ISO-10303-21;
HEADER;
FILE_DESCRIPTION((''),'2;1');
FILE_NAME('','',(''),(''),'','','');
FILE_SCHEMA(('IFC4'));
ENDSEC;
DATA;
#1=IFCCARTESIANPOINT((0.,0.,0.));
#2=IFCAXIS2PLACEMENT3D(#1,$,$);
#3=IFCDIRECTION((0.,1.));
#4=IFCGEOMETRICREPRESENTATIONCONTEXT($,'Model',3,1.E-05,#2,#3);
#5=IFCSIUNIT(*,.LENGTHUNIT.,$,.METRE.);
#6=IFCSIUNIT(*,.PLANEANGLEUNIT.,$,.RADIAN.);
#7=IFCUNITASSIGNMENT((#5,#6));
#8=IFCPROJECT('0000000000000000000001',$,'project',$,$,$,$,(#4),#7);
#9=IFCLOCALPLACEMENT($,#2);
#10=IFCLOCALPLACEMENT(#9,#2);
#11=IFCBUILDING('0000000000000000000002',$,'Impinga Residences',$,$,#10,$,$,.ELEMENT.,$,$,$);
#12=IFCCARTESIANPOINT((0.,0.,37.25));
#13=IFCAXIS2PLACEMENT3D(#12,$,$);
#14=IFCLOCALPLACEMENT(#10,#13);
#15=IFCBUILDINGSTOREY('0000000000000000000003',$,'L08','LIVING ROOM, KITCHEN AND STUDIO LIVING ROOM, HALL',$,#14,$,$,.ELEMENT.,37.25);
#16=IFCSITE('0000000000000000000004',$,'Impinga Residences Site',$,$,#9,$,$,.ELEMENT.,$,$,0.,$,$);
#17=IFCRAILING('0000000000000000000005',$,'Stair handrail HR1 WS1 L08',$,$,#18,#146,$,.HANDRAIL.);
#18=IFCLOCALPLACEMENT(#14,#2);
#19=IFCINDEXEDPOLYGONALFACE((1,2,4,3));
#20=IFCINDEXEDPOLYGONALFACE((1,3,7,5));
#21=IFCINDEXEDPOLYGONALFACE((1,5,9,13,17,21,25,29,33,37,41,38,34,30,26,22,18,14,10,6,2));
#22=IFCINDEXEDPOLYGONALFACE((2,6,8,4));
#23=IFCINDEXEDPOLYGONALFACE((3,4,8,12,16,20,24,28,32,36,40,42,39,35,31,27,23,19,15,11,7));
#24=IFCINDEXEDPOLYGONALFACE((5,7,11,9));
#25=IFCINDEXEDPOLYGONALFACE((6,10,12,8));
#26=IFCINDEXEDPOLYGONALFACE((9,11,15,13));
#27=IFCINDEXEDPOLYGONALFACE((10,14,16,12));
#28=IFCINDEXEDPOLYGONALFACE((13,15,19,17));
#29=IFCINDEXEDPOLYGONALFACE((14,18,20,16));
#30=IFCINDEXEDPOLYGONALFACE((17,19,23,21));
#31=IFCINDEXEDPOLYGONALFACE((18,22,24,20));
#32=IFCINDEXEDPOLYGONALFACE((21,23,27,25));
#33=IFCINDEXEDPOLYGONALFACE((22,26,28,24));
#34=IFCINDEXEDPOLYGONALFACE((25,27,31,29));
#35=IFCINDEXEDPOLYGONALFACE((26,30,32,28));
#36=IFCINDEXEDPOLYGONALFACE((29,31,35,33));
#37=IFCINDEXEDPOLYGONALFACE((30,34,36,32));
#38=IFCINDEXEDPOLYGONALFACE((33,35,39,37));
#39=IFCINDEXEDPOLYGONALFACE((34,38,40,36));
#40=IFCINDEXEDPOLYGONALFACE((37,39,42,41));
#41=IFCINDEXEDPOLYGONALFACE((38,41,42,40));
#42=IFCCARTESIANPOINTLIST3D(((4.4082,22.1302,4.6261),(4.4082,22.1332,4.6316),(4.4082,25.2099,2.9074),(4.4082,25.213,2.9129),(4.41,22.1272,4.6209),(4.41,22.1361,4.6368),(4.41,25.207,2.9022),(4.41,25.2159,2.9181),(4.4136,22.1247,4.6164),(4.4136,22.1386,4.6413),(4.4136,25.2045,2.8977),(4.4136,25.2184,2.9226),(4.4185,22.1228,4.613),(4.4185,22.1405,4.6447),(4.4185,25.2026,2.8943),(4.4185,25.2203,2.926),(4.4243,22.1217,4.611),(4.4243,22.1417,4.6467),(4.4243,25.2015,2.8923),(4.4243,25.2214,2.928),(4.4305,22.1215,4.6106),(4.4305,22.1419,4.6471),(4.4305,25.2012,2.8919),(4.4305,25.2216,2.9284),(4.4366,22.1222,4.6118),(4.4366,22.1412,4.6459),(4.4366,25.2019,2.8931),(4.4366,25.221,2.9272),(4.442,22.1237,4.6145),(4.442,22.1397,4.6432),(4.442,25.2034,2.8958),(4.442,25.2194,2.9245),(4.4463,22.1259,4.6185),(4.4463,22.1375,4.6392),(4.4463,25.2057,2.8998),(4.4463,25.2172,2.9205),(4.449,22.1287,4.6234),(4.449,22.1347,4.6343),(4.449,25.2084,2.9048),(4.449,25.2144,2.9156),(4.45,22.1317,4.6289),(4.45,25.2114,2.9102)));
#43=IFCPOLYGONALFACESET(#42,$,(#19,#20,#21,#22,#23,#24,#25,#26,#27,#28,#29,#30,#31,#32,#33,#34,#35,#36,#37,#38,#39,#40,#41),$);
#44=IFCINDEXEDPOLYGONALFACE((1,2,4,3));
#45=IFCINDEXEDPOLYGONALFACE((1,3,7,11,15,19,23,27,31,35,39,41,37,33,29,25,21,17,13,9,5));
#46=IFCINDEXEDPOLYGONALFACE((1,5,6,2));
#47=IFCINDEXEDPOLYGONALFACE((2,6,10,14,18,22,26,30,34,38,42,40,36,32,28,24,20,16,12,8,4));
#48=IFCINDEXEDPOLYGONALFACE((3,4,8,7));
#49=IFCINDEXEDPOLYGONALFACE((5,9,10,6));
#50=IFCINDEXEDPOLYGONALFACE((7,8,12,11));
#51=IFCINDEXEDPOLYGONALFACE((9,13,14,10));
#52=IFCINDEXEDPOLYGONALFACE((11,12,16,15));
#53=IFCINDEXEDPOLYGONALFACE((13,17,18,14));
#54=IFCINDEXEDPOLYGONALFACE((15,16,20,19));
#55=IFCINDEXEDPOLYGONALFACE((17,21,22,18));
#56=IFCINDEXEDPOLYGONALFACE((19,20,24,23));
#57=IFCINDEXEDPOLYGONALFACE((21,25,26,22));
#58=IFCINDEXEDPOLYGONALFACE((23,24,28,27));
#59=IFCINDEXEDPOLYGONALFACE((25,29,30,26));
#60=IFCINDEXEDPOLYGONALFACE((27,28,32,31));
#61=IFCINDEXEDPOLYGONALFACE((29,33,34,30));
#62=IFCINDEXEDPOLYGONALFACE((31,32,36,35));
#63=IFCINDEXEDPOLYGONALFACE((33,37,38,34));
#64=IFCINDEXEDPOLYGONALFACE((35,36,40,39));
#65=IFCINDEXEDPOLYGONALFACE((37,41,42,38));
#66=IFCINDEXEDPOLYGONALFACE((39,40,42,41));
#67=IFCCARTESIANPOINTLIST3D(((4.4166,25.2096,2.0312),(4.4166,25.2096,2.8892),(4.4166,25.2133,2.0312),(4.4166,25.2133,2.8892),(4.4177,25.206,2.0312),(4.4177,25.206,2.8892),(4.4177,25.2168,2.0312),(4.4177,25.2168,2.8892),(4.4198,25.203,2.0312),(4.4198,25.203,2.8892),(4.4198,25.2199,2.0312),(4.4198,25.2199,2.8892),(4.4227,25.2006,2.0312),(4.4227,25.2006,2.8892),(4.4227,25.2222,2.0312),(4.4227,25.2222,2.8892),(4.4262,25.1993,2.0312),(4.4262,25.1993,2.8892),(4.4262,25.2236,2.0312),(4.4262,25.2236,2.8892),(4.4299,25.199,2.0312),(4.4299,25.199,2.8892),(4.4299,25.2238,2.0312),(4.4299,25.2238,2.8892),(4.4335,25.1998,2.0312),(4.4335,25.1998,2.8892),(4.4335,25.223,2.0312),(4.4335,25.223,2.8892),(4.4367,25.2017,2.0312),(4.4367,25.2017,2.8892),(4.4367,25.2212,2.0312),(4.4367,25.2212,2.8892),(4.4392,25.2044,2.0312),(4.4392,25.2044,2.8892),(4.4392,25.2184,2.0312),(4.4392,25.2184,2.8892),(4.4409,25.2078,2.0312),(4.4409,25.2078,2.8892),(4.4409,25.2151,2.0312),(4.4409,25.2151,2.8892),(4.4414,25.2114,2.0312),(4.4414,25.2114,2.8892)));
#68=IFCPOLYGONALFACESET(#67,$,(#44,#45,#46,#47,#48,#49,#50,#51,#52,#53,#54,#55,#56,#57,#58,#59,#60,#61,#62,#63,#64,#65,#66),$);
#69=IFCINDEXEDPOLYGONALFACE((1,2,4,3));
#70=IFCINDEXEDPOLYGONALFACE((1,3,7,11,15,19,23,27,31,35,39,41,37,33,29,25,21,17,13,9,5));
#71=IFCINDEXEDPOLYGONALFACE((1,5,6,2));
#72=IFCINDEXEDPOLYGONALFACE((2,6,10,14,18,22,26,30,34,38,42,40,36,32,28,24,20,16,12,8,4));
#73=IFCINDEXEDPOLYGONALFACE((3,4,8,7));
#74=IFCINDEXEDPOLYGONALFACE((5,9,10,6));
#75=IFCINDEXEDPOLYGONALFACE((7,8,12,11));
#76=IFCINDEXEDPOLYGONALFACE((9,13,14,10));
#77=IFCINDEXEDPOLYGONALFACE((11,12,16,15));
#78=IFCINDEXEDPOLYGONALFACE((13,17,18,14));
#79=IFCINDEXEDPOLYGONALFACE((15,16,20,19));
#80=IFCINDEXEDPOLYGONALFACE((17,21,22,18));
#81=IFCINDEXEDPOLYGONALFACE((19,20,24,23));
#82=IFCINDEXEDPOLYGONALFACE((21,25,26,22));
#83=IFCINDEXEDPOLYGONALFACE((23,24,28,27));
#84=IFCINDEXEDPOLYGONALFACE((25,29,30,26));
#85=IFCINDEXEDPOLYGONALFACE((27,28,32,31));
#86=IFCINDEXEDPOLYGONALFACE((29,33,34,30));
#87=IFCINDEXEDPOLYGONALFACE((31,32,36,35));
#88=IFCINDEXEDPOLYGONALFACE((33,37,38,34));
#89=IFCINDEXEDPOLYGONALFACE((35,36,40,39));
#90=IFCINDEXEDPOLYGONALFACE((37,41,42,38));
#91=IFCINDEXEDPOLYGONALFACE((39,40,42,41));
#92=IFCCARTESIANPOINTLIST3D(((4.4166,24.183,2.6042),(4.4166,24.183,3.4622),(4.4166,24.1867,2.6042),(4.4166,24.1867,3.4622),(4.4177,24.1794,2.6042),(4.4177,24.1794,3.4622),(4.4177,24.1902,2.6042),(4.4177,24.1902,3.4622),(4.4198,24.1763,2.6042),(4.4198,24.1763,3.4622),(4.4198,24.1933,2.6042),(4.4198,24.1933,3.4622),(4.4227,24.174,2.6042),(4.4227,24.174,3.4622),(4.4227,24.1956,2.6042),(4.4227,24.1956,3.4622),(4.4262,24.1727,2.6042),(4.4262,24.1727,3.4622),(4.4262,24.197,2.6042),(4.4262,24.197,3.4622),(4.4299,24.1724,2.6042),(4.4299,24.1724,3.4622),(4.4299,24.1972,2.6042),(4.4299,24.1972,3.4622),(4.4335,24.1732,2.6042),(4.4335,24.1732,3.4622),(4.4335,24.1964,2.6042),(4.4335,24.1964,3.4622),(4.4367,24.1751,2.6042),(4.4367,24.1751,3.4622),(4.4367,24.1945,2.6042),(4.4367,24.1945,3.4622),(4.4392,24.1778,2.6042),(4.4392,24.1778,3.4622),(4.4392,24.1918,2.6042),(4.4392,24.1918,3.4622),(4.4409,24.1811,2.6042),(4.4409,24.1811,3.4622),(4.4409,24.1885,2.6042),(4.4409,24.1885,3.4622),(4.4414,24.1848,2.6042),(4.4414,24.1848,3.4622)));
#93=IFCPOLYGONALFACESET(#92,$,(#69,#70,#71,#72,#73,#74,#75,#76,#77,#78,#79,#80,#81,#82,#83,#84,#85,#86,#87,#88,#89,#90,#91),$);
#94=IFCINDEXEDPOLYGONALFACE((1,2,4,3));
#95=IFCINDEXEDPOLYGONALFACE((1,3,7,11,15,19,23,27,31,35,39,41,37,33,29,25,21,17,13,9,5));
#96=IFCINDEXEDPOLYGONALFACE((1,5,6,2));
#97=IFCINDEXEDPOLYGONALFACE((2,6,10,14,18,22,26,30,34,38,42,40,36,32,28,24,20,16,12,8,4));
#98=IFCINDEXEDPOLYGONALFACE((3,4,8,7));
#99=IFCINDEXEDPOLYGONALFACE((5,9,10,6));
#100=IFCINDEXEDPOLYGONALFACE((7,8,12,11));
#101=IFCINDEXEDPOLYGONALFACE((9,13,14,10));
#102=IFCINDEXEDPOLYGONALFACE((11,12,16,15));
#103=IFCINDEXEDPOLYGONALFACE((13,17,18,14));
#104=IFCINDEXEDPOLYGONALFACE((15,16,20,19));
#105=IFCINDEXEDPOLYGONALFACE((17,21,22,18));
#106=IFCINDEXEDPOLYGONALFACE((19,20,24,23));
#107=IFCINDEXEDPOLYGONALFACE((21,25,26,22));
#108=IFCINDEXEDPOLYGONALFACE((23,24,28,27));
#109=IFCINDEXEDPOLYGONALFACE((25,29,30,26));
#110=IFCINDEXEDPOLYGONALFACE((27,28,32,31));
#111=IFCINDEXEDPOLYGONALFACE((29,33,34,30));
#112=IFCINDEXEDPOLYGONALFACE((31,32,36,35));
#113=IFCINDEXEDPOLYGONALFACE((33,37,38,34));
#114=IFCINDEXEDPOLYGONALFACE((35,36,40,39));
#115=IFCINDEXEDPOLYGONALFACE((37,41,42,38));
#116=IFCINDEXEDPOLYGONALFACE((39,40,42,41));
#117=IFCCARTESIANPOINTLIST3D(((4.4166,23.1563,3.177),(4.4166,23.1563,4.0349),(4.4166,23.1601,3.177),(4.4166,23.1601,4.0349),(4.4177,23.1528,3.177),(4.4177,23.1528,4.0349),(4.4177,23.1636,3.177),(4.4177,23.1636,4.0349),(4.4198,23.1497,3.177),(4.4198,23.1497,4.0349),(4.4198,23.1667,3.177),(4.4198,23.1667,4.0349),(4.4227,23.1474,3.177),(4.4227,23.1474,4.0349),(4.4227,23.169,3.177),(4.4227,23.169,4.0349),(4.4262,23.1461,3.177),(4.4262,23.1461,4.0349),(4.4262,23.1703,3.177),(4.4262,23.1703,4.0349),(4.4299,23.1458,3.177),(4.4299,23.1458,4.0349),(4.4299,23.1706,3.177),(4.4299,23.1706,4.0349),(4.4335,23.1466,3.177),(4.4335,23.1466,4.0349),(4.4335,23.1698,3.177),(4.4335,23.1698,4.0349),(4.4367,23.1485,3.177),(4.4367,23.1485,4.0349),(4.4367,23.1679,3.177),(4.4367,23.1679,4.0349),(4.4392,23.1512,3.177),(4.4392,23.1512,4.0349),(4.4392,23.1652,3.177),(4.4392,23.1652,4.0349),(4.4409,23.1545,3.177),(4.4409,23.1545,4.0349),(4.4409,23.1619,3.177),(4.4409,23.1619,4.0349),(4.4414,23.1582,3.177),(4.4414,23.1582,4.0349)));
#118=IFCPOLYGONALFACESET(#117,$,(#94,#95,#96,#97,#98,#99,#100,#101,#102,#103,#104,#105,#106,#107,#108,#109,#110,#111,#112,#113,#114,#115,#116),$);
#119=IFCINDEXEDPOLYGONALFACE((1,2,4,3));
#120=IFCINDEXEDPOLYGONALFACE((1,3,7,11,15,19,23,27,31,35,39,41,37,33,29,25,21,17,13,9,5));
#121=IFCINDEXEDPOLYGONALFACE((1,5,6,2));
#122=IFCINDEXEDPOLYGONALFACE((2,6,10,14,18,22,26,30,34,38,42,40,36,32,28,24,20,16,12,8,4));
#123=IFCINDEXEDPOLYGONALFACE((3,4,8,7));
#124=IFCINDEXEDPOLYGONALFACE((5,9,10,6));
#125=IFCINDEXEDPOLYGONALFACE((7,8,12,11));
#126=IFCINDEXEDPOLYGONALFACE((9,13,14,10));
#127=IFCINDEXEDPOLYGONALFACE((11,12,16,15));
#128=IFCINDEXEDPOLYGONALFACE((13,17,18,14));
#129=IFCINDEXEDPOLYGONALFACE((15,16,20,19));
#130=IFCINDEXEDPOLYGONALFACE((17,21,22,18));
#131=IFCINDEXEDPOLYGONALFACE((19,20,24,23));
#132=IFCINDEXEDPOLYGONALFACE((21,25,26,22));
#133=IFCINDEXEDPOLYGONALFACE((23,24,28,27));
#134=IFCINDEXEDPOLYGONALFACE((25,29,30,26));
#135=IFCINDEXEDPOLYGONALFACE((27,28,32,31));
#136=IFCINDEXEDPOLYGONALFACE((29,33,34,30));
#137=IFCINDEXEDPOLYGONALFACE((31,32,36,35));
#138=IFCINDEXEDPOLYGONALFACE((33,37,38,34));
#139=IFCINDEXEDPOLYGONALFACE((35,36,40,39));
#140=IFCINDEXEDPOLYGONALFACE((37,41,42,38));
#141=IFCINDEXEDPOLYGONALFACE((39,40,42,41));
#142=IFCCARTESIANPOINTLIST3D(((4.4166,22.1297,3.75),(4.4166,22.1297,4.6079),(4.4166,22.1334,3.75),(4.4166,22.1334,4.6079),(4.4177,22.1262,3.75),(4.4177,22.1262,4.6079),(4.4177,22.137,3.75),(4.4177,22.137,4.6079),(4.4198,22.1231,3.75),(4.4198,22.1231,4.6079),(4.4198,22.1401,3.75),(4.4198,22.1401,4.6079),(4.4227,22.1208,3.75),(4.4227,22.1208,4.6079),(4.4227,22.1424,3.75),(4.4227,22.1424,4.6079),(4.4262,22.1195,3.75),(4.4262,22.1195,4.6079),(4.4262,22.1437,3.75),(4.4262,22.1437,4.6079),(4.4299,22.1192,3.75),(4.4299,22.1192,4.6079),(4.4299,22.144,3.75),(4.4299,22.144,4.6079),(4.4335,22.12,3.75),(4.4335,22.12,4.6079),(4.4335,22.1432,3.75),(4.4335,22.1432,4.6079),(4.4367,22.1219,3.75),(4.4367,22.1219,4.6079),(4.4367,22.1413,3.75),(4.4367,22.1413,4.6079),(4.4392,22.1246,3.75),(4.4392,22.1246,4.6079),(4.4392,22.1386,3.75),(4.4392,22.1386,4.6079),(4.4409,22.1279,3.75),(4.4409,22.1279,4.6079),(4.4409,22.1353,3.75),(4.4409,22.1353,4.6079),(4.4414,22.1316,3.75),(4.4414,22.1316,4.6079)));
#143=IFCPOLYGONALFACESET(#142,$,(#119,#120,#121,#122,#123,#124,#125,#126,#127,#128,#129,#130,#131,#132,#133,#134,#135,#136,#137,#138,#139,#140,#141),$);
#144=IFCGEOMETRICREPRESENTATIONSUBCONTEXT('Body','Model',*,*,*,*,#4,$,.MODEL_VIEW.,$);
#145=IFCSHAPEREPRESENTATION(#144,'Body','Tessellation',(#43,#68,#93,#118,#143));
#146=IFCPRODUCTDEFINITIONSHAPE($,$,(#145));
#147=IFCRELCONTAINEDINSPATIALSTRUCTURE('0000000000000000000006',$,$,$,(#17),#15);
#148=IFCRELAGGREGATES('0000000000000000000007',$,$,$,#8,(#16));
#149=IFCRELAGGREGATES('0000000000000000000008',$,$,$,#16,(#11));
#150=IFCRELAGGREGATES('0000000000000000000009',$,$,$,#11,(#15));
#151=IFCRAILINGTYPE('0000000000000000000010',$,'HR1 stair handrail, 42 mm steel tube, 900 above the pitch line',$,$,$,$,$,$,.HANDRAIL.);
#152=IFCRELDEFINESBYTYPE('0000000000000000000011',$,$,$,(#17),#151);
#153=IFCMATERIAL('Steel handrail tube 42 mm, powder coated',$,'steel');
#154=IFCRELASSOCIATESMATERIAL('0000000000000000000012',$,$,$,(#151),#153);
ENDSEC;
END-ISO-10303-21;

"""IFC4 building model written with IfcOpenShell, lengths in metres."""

from ifc_helpers import new_model, si_unit, direction, frame, origin, origin_2d, place, context, subcontext, project, spatial, circle, extrude, material, type_object, element, save


model = new_model("IFC4")

# Units and contexts
model_context = context("Model", 3, precision=1e-05, world=origin(), true_north=direction((0.0, 1.0)))
body_context = subcontext(model_context, "Body", "Model", "MODEL_VIEW")
ifc_project = project(units=[si_unit("LENGTHUNIT", "METRE"), si_unit("PLANEANGLEUNIT", "RADIAN")], contexts=[model_context])

# Site, building, storey
site_placement = place(None, origin())
site = spatial("IfcSite", under=ifc_project, at=site_placement, Name="Impinga Residences Site", CompositionType="ELEMENT", RefElevation=0.0)
building_placement = place(site_placement, origin())
building = spatial("IfcBuilding", under=site, at=building_placement, Name="Impinga Residences", CompositionType="ELEMENT")
storey_placement = place(building_placement, frame((0.0, 0.0, 37.25)))
storey = spatial("IfcBuildingStorey", under=building, at=storey_placement, Name="L08", Description="LIVING ROOM, KITCHEN AND STUDIO LIVING ROOM, HALL", CompositionType="ELEMENT", Elevation=37.25)

# Railing
ifc_material_1 = material(Name="Steel handrail tube 42 mm, powder coated", Category="steel")
railing_type_1 = type_object("IfcRailingType", Name="HR1 stair handrail, 42 mm steel tube, 900 above the pitch line", PredefinedType="HANDRAIL", material=ifc_material_1)
railing_1_placement = place(storey_placement, frame((4.429, 25.2114, 2.0312)))
element("IfcRailing", 1, at=railing_1_placement, inside=storey, type_object=railing_type_1, Name="Stair handrail HR1 WS1 L08", PredefinedType="HANDRAIL", context=body_context, shape_type="SweptSolid", body=[
    extrude(circle(Radius=0.021, at=origin_2d()), frame((0.0, 0.0, 0.8789), z_axis=(0.0, -0.873225, 0.487317), x_axis=(1.0, 0.0, 0.0)), (0.0, 0.0, 1.0), 3.5269),
    extrude(circle(Radius=0.0125, at=origin_2d()), origin(), (0.0, 0.0, 1.0), 0.8579),
    extrude(circle(Radius=0.0125, at=origin_2d()), frame((0.0, -1.0266, 0.573)), (0.0, 0.0, 1.0), 0.8579),
    extrude(circle(Radius=0.0125, at=origin_2d()), frame((0.0, -2.0532, 1.1458)), (0.0, 0.0, 1.0), 0.8579),
    extrude(circle(Radius=0.0125, at=origin_2d()), frame((0.0, -3.0798, 1.7188)), (0.0, 0.0, 1.0), 0.8579),
])

save(model, "model.ifc")
